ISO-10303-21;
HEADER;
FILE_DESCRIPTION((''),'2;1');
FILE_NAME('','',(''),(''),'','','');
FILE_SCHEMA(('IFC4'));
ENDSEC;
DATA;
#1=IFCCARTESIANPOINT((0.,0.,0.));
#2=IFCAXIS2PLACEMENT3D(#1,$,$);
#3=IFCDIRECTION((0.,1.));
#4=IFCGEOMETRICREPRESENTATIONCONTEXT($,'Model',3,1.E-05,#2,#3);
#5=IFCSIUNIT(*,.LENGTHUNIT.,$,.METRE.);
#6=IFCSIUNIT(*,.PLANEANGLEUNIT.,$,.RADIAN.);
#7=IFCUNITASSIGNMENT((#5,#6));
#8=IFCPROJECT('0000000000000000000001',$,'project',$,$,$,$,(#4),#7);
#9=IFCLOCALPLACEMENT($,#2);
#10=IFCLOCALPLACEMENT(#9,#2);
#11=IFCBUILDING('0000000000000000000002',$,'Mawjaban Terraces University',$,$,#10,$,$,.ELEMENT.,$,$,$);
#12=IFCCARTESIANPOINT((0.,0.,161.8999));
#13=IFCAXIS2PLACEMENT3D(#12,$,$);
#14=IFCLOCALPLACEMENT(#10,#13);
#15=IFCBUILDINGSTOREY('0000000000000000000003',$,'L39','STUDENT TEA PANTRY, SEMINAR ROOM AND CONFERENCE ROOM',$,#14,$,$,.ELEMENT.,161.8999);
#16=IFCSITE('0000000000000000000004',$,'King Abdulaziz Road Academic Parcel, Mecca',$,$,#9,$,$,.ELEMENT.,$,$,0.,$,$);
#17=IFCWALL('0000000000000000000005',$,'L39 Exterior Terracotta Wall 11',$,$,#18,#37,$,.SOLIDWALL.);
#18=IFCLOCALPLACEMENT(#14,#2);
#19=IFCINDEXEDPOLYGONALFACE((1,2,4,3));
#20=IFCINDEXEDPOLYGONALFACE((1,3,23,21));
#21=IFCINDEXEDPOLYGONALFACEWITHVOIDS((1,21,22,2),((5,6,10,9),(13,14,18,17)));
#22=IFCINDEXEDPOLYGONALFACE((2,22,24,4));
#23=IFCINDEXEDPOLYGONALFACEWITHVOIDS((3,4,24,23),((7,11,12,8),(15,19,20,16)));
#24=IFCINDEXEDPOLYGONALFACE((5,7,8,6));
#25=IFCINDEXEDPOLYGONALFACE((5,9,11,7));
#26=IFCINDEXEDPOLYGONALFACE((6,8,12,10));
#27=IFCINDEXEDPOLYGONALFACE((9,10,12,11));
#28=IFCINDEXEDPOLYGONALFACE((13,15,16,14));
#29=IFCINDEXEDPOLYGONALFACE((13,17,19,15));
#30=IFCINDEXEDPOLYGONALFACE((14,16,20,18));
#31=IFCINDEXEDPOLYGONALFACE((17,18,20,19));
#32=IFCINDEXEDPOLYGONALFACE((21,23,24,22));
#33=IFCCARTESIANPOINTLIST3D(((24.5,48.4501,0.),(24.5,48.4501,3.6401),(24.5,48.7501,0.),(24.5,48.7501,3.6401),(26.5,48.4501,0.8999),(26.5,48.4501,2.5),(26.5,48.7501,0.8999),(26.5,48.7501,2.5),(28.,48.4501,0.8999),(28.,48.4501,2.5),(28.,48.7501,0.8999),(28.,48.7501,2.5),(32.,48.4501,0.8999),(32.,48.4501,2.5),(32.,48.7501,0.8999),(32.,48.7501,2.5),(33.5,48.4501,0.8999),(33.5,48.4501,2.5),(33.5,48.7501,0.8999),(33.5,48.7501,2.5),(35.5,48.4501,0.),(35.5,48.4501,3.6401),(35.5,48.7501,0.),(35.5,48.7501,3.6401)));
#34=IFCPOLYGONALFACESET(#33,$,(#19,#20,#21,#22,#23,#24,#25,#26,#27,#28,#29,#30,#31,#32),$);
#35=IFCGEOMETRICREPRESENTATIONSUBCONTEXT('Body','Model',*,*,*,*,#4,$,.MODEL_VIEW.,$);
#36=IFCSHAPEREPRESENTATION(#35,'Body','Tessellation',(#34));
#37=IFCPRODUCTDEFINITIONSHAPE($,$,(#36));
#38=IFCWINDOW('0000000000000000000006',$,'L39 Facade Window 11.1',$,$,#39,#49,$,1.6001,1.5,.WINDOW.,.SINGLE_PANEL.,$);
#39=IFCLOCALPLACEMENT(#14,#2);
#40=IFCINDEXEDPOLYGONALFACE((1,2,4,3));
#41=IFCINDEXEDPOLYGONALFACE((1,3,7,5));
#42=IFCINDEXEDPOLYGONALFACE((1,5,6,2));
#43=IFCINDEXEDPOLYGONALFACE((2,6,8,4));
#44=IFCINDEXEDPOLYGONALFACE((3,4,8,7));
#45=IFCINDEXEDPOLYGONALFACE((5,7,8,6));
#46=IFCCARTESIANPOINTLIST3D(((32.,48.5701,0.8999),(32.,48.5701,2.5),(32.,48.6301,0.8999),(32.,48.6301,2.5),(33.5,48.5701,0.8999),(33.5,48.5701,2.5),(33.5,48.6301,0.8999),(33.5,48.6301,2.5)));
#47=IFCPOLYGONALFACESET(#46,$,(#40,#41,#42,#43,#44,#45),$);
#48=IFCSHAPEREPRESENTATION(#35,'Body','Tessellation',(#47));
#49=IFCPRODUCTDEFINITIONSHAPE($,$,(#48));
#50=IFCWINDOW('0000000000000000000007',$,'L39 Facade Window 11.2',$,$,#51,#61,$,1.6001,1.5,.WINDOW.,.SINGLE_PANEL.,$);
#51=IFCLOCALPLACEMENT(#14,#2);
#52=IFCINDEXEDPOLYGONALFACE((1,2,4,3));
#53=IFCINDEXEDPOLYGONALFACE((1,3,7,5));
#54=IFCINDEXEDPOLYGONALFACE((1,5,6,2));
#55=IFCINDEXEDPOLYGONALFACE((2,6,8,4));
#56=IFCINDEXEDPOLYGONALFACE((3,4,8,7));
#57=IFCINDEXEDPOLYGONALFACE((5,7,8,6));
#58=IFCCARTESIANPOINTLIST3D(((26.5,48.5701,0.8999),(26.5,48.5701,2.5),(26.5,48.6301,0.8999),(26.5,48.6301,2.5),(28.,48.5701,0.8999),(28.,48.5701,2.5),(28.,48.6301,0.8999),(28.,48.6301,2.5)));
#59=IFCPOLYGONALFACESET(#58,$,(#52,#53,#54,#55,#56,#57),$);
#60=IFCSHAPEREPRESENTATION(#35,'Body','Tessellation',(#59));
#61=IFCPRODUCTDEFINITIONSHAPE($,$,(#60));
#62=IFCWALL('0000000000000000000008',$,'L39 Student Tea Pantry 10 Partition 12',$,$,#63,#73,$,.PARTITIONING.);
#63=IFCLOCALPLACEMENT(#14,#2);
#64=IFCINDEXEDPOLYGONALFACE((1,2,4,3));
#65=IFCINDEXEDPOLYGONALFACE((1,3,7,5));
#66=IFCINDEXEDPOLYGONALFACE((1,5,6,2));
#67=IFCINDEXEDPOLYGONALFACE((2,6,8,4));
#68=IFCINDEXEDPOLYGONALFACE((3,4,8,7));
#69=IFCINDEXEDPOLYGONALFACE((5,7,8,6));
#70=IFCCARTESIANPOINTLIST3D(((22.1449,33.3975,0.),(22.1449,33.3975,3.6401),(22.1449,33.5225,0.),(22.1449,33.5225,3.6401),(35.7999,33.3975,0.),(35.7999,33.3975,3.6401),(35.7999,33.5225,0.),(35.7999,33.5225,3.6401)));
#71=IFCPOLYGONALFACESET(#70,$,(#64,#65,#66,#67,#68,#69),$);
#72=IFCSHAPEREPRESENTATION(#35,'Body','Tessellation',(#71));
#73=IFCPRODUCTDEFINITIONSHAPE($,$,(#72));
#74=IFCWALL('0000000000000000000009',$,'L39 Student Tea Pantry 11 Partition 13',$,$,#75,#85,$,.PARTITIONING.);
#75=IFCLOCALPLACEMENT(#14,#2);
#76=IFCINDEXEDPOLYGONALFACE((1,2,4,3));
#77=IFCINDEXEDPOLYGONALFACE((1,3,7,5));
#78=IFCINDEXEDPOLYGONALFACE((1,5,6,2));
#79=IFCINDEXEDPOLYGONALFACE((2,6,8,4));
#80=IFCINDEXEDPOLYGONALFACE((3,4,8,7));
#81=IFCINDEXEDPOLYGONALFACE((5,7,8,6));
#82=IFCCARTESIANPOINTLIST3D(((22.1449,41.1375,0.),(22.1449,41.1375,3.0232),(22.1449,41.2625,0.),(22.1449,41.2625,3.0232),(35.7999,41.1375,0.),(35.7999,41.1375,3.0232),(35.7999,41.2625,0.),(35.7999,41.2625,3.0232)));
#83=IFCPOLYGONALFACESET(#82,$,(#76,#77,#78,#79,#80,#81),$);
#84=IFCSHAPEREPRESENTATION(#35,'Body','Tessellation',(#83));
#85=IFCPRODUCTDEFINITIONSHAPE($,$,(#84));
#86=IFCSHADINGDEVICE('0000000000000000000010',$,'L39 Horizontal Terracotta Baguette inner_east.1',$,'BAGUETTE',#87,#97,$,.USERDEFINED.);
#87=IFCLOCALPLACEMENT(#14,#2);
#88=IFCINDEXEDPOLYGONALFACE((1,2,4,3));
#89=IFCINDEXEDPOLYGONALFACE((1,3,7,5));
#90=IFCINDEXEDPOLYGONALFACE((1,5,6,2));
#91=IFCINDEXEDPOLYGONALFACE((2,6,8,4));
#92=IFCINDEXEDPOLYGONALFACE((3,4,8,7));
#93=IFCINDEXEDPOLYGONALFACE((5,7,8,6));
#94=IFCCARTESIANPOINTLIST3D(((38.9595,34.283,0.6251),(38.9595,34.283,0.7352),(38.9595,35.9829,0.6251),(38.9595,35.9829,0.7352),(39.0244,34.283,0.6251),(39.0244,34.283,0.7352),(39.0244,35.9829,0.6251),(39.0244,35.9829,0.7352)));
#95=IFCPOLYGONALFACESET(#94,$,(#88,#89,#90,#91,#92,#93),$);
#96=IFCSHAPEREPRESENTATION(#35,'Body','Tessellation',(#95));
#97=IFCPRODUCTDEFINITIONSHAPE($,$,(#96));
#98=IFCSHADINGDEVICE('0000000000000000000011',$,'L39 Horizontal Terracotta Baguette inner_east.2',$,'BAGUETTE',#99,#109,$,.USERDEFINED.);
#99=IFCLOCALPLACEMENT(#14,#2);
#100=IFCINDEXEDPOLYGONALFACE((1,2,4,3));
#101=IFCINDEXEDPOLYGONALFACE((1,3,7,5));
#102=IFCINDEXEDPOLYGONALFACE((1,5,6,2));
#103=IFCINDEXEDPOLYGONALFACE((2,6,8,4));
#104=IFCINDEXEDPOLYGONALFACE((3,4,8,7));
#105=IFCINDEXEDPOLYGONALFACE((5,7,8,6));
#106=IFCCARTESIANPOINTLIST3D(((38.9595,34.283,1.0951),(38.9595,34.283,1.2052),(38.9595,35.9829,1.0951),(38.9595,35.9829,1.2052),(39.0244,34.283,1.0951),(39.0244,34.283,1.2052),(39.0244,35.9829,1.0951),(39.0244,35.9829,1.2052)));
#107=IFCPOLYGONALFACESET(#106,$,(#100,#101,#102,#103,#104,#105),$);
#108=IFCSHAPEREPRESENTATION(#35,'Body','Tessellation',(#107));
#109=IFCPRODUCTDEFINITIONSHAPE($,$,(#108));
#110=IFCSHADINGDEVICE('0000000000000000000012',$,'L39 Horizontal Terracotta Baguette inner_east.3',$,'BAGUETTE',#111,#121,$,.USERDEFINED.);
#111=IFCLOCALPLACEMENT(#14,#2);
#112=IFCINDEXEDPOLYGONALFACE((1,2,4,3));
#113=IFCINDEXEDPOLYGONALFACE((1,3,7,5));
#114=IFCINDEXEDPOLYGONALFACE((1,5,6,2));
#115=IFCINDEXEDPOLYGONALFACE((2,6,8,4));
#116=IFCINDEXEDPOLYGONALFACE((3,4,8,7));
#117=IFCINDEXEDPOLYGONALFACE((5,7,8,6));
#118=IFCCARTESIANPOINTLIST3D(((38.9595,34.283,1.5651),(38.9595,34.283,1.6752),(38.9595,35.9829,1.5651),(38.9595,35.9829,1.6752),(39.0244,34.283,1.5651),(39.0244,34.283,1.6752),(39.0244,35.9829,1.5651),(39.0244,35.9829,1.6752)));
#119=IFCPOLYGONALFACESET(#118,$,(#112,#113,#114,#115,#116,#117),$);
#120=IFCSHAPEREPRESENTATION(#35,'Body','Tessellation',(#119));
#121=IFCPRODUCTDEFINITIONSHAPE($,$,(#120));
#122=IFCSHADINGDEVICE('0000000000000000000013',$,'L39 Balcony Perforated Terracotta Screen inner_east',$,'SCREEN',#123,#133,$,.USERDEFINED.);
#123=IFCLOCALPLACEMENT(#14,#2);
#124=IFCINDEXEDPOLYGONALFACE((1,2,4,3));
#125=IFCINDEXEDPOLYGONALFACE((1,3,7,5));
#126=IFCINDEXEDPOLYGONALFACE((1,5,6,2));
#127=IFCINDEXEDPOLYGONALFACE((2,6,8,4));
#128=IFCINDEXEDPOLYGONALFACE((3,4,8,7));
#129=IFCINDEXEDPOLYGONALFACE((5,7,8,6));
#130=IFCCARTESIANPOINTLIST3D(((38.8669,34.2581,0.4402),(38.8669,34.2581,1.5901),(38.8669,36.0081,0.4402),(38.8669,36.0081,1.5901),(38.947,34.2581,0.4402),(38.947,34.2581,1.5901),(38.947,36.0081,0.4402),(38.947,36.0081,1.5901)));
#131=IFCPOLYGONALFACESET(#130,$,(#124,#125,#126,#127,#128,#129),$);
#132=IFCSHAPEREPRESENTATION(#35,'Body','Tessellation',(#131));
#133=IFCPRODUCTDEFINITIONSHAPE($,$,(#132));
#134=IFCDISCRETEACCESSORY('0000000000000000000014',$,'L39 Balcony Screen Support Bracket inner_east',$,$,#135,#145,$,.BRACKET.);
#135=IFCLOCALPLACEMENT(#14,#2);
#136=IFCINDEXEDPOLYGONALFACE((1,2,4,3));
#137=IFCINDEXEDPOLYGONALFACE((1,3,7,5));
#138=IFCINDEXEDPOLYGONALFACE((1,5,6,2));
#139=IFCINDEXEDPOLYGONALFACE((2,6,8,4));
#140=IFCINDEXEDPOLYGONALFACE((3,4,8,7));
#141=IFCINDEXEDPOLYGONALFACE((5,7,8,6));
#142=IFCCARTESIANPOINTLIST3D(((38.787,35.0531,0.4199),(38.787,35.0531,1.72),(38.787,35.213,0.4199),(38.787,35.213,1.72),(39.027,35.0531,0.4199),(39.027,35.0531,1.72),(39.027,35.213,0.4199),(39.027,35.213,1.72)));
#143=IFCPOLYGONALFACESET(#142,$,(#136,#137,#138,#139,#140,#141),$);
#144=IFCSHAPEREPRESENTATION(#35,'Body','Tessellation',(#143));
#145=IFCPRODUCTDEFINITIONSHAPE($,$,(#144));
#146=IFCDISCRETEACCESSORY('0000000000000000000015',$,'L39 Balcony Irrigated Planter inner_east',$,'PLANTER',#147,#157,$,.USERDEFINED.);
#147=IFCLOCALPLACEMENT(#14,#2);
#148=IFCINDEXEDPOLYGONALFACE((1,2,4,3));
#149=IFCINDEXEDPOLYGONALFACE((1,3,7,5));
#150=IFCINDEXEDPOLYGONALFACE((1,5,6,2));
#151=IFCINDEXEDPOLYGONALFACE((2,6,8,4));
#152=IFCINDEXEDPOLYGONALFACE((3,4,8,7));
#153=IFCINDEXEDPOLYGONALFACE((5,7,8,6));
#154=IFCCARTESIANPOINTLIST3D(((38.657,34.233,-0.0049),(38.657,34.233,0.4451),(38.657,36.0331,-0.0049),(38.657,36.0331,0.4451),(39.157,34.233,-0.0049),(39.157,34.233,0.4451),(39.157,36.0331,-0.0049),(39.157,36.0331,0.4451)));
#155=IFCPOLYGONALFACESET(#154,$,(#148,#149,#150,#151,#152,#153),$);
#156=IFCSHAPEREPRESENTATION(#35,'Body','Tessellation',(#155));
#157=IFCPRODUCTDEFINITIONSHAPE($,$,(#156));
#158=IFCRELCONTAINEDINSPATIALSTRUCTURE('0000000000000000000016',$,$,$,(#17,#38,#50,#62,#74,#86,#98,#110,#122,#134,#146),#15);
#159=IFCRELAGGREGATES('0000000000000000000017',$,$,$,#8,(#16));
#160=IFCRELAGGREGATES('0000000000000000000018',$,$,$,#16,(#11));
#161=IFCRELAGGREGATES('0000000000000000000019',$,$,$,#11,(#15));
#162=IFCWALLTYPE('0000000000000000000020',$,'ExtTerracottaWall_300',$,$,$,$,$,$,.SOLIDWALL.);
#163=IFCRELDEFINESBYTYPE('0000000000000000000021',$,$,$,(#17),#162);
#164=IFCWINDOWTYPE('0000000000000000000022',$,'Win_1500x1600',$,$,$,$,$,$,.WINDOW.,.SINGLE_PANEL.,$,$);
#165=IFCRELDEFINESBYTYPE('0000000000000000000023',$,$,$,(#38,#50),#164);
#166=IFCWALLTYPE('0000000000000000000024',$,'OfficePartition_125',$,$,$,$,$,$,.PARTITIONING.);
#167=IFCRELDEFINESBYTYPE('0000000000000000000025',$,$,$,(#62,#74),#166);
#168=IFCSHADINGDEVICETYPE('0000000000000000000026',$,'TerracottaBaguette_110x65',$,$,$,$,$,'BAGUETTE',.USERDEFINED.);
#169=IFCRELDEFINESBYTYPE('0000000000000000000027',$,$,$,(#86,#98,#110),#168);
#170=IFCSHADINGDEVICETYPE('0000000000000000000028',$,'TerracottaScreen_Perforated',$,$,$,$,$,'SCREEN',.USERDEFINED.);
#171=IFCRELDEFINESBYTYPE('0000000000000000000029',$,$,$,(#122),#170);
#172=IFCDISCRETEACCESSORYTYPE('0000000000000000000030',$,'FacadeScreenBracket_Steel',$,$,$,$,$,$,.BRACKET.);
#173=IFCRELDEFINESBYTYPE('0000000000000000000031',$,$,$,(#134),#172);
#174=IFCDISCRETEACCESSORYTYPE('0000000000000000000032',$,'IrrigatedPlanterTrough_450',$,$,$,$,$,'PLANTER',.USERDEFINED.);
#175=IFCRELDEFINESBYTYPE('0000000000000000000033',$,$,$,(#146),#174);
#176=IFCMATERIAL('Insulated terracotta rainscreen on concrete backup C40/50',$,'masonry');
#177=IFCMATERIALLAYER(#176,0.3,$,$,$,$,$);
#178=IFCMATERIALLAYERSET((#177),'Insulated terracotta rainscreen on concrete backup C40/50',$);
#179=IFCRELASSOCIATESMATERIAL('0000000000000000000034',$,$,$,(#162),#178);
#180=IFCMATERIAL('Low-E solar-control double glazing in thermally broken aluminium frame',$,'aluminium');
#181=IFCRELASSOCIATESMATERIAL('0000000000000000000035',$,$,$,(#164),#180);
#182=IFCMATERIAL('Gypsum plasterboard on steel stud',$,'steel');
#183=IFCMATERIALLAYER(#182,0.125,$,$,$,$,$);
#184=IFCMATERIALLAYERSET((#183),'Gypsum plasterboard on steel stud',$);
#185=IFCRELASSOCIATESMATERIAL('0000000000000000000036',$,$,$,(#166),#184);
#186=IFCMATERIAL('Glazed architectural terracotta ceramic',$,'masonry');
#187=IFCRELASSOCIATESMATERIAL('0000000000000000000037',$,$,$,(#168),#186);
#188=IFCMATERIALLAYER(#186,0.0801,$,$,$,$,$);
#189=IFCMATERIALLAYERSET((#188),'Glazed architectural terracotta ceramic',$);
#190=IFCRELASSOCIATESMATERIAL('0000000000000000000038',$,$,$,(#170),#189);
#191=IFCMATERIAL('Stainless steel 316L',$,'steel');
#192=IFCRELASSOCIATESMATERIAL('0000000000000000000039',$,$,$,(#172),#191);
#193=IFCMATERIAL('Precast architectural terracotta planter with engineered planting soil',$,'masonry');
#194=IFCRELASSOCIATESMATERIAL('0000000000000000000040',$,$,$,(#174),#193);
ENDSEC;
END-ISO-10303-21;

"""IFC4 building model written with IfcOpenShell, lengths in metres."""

from ifc_helpers import new_model, si_unit, direction, frame, frame_2d, origin, origin_2d, place, context, subcontext, project, spatial, rectangle, extrude, material, layer, layer_set, material_profile, profile_set, type_object, element, fill, save


model = new_model("IFC4")

# Units and contexts
model_context = context("Model", 3, precision=1e-05, world=origin(), true_north=direction((0.0, 1.0)))
body_context = subcontext(model_context, "Body", "Model", "MODEL_VIEW")
ifc_project = project(units=[si_unit("LENGTHUNIT", "METRE"), si_unit("PLANEANGLEUNIT", "RADIAN")], contexts=[model_context])

# Site, building, storey
site_placement = place(None, origin())
site = spatial("IfcSite", under=ifc_project, at=site_placement, Name="King Abdulaziz Road Academic Parcel, Mecca", CompositionType="ELEMENT", RefElevation=0.0)
building_placement = place(site_placement, origin())
building = spatial("IfcBuilding", under=site, at=building_placement, Name="Mawjaban Terraces University", CompositionType="ELEMENT")
storey_placement = place(building_placement, frame((0.0, 0.0, 161.8999)))
storey = spatial("IfcBuildingStorey", under=building, at=storey_placement, Name="L39", Description="STUDENT TEA PANTRY, SEMINAR ROOM AND CONFERENCE ROOM", CompositionType="ELEMENT", Elevation=161.8999)

# Shared definitions
ifc_material_1 = material(Name="Insulated terracotta rainscreen on concrete backup C40/50", Category="masonry")
ifc_layer_1 = layer(ifc_material_1, 0.3)
ifc_layer_set_1 = layer_set([ifc_layer_1], Name="Insulated terracotta rainscreen on concrete backup C40/50")
wall_type_1 = type_object("IfcWallType", Name="ExtTerracottaWall_300", PredefinedType="SOLIDWALL", material=ifc_layer_set_1)

# Wall, openings, windows
wall_1_placement = place(storey_placement, frame((35.5, 48.6001, 0.0), z_axis=(0.0, 0.0, 1.0), x_axis=(-1.0, 0.0, 0.0)))
wall_1 = element("IfcWall", 1, at=wall_1_placement, inside=storey, type_object=wall_type_1, Name="L39 Exterior Terracotta Wall 11", PredefinedType="SOLIDWALL", context=body_context, shape_type="SweptSolid", body=[
    extrude(rectangle(XDim=11.0, YDim=0.3, at=frame_2d((5.5, 0.0))), origin(), (0.0, 0.0, 1.0), 3.6401),
])
opening_1_placement = place(wall_1_placement, frame((2.0, 0.0, 0.8999)))
opening_1 = element("IfcOpeningElement", 2, at=opening_1_placement, cuts=wall_1, PredefinedType="OPENING", context=body_context, shape_type="SweptSolid", body=[
    extrude(rectangle(XDim=1.5, YDim=1.6001, at=frame_2d((0.75, 0.8))), frame((0.0, 0.1599, 0.0), z_axis=(0.0, -1.0, 0.0), x_axis=(1.0, 0.0, 0.0)), (0.0, 0.0, 1.0), 0.3201),
])
opening_2_placement = place(wall_1_placement, frame((7.5, 0.0, 0.8999)))
opening_2 = element("IfcOpeningElement", 3, at=opening_2_placement, cuts=wall_1, PredefinedType="OPENING", context=body_context, shape_type="SweptSolid", body=[
    extrude(rectangle(XDim=1.5, YDim=1.6001, at=frame_2d((0.75, 0.8))), frame((0.0, 0.1599, 0.0), z_axis=(0.0, -1.0, 0.0), x_axis=(1.0, 0.0, 0.0)), (0.0, 0.0, 1.0), 0.3201),
])
ifc_material_2 = material(Name="Low-E solar-control double glazing in thermally broken aluminium frame", Category="aluminium")
window_type = type_object("IfcWindowType", Name="Win_1500x1600", PartitioningType="SINGLE_PANEL", PredefinedType="WINDOW", material=ifc_material_2)
window_1_placement = place(opening_1_placement, origin())
window_1 = element("IfcWindow", 4, at=window_1_placement, inside=storey, type_object=window_type, Name="L39 Facade Window 11.1", OverallHeight=1.6001, OverallWidth=1.5, PartitioningType="SINGLE_PANEL", PredefinedType="WINDOW", context=body_context, shape_type="SweptSolid", body=[
    extrude(rectangle(XDim=1.5, YDim=1.6001, at=frame_2d((0.75, 0.8))), frame((0.0, 0.03, 0.0), z_axis=(0.0, -1.0, 0.0), x_axis=(1.0, 0.0, 0.0)), (0.0, 0.0, 1.0), 0.0601),
])
fill(opening_1, window_1)
window_2_placement = place(opening_2_placement, origin())
window_2 = element("IfcWindow", 5, at=window_2_placement, inside=storey, type_object=window_type, Name="L39 Facade Window 11.2", OverallHeight=1.6001, OverallWidth=1.5, PartitioningType="SINGLE_PANEL", PredefinedType="WINDOW", context=body_context, shape_type="SweptSolid", body=[
    extrude(rectangle(XDim=1.5, YDim=1.6001, at=frame_2d((0.75, 0.8))), frame((0.0, 0.03, 0.0), z_axis=(0.0, -1.0, 0.0), x_axis=(1.0, 0.0, 0.0)), (0.0, 0.0, 1.0), 0.0601),
])
fill(opening_2, window_2)

# Walls
ifc_material_3 = material(Name="Gypsum plasterboard on steel stud", Category="steel")
ifc_layer_2 = layer(ifc_material_3, 0.125)
ifc_layer_set_2 = layer_set([ifc_layer_2], Name="Gypsum plasterboard on steel stud")
wall_type_2 = type_object("IfcWallType", Name="OfficePartition_125", PredefinedType="PARTITIONING", material=ifc_layer_set_2)
wall_2_placement = place(storey_placement, frame((35.8, 33.46, 0.0), z_axis=(0.0, 0.0, 1.0), x_axis=(-1.0, 0.0, 0.0)))
element("IfcWall", 6, at=wall_2_placement, inside=storey, type_object=wall_type_2, Name="L39 Student Tea Pantry 10 Partition 12", PredefinedType="PARTITIONING", context=body_context, shape_type="SweptSolid", body=[
    extrude(rectangle(XDim=13.655, YDim=0.125, at=frame_2d((6.8276, 0.0))), origin(), (0.0, 0.0, 1.0), 3.6401),
])
wall_3_placement = place(storey_placement, frame((35.8, 41.2, 0.0), z_axis=(0.0, 0.0, 1.0), x_axis=(-1.0, 0.0, 0.0)))
element("IfcWall", 7, at=wall_3_placement, inside=storey, type_object=wall_type_2, Name="L39 Student Tea Pantry 11 Partition 13", PredefinedType="PARTITIONING", context=body_context, shape_type="SweptSolid", body=[
    extrude(rectangle(XDim=13.655, YDim=0.125, at=frame_2d((6.8276, 0.0))), origin(), (0.0, 0.0, 1.0), 3.0232),
])

# Shading devices
ifc_material_4 = material(Name="Glazed architectural terracotta ceramic", Category="masonry")
ifc_material_profile_1 = material_profile(ifc_material_4, rectangle(XDim=0.0649, YDim=0.1101, at=origin_2d()), Name="TBAG110X65")
ifc_profile_set_1 = profile_set([ifc_material_profile_1], Name="Glazed architectural terracotta ceramic")
shading_device_type_1 = type_object("IfcShadingDeviceType", Name="TerracottaBaguette_110x65", ElementType="BAGUETTE", PredefinedType="USERDEFINED", material=ifc_profile_set_1)
for number, where, z_axis, x_axis, name in (
    (8, (38.9919, 34.283, 0.6802), (0.0, 1.0, 0.0), (-1.0, 0.0, 0.0), "L39 Horizontal Terracotta Baguette inner_east.1"),
    (9, (38.9919, 34.283, 1.1501), (0.0, 1.0, 0.0), (-1.0, 0.0, 0.0), "L39 Horizontal Terracotta Baguette inner_east.2"),
    (10, (38.9919, 34.283, 1.6201), (0.0, 1.0, 0.0), (-1.0, 0.0, 0.0), "L39 Horizontal Terracotta Baguette inner_east.3"),
):
    element("IfcShadingDevice", number, at=place(storey_placement, frame(where, z_axis=z_axis, x_axis=x_axis)), inside=storey, type_object=shading_device_type_1, Name=name, ObjectType="BAGUETTE", PredefinedType="USERDEFINED", context=body_context, shape_type="SweptSolid", body=[
        extrude(rectangle(XDim=0.0649, YDim=0.1101, at=origin_2d()), origin(), (0.0, 0.0, 1.0), 1.7),
    ])
ifc_layer_3 = layer(ifc_material_4, 0.0801)
ifc_layer_set_3 = layer_set([ifc_layer_3], Name="Glazed architectural terracotta ceramic")
shading_device_type_2 = type_object("IfcShadingDeviceType", Name="TerracottaScreen_Perforated", ElementType="SCREEN", PredefinedType="USERDEFINED", material=ifc_layer_set_3)
shading_device_placement = place(storey_placement, frame((38.907, 35.1331, 0.4402), z_axis=(0.0, 0.0, 1.0), x_axis=(0.0, 1.0, 0.0)))
element("IfcShadingDevice", 11, at=shading_device_placement, inside=storey, type_object=shading_device_type_2, Name="L39 Balcony Perforated Terracotta Screen inner_east", ObjectType="SCREEN", PredefinedType="USERDEFINED", context=body_context, shape_type="SweptSolid", body=[
    extrude(rectangle(XDim=1.75, YDim=0.0801, at=origin_2d()), origin(), (0.0, 0.0, 1.0), 1.1499),
])

# Discrete accessories
ifc_material_5 = material(Name="Stainless steel 316L", Category="steel")
discrete_accessory_type_1 = type_object("IfcDiscreteAccessoryType", Name="FacadeScreenBracket_Steel", PredefinedType="BRACKET", material=ifc_material_5)
discrete_accessory_1_placement = place(storey_placement, frame((38.907, 35.1331, 0.4199), z_axis=(0.0, 0.0, 1.0), x_axis=(0.0, 1.0, 0.0)))
element("IfcDiscreteAccessory", 12, at=discrete_accessory_1_placement, inside=storey, type_object=discrete_accessory_type_1, Name="L39 Balcony Screen Support Bracket inner_east", PredefinedType="BRACKET", context=body_context, shape_type="SweptSolid", body=[
    extrude(rectangle(XDim=0.1599, YDim=0.24, at=origin_2d()), origin(), (0.0, 0.0, 1.0), 1.3),
])
ifc_material_6 = material(Name="Precast architectural terracotta planter with engineered planting soil", Category="masonry")
discrete_accessory_type_2 = type_object("IfcDiscreteAccessoryType", Name="IrrigatedPlanterTrough_450", ElementType="PLANTER", PredefinedType="USERDEFINED", material=ifc_material_6)
discrete_accessory_2_placement = place(storey_placement, frame((38.907, 35.1331, -0.0049), z_axis=(0.0, 0.0, 1.0), x_axis=(0.0, 1.0, 0.0)))
element("IfcDiscreteAccessory", 13, at=discrete_accessory_2_placement, inside=storey, type_object=discrete_accessory_type_2, Name="L39 Balcony Irrigated Planter inner_east", ObjectType="PLANTER", PredefinedType="USERDEFINED", context=body_context, shape_type="SweptSolid", body=[
    extrude(rectangle(XDim=1.8, YDim=0.5, at=origin_2d()), origin(), (0.0, 0.0, 1.0), 0.45),
])

save(model, "model.ifc")
